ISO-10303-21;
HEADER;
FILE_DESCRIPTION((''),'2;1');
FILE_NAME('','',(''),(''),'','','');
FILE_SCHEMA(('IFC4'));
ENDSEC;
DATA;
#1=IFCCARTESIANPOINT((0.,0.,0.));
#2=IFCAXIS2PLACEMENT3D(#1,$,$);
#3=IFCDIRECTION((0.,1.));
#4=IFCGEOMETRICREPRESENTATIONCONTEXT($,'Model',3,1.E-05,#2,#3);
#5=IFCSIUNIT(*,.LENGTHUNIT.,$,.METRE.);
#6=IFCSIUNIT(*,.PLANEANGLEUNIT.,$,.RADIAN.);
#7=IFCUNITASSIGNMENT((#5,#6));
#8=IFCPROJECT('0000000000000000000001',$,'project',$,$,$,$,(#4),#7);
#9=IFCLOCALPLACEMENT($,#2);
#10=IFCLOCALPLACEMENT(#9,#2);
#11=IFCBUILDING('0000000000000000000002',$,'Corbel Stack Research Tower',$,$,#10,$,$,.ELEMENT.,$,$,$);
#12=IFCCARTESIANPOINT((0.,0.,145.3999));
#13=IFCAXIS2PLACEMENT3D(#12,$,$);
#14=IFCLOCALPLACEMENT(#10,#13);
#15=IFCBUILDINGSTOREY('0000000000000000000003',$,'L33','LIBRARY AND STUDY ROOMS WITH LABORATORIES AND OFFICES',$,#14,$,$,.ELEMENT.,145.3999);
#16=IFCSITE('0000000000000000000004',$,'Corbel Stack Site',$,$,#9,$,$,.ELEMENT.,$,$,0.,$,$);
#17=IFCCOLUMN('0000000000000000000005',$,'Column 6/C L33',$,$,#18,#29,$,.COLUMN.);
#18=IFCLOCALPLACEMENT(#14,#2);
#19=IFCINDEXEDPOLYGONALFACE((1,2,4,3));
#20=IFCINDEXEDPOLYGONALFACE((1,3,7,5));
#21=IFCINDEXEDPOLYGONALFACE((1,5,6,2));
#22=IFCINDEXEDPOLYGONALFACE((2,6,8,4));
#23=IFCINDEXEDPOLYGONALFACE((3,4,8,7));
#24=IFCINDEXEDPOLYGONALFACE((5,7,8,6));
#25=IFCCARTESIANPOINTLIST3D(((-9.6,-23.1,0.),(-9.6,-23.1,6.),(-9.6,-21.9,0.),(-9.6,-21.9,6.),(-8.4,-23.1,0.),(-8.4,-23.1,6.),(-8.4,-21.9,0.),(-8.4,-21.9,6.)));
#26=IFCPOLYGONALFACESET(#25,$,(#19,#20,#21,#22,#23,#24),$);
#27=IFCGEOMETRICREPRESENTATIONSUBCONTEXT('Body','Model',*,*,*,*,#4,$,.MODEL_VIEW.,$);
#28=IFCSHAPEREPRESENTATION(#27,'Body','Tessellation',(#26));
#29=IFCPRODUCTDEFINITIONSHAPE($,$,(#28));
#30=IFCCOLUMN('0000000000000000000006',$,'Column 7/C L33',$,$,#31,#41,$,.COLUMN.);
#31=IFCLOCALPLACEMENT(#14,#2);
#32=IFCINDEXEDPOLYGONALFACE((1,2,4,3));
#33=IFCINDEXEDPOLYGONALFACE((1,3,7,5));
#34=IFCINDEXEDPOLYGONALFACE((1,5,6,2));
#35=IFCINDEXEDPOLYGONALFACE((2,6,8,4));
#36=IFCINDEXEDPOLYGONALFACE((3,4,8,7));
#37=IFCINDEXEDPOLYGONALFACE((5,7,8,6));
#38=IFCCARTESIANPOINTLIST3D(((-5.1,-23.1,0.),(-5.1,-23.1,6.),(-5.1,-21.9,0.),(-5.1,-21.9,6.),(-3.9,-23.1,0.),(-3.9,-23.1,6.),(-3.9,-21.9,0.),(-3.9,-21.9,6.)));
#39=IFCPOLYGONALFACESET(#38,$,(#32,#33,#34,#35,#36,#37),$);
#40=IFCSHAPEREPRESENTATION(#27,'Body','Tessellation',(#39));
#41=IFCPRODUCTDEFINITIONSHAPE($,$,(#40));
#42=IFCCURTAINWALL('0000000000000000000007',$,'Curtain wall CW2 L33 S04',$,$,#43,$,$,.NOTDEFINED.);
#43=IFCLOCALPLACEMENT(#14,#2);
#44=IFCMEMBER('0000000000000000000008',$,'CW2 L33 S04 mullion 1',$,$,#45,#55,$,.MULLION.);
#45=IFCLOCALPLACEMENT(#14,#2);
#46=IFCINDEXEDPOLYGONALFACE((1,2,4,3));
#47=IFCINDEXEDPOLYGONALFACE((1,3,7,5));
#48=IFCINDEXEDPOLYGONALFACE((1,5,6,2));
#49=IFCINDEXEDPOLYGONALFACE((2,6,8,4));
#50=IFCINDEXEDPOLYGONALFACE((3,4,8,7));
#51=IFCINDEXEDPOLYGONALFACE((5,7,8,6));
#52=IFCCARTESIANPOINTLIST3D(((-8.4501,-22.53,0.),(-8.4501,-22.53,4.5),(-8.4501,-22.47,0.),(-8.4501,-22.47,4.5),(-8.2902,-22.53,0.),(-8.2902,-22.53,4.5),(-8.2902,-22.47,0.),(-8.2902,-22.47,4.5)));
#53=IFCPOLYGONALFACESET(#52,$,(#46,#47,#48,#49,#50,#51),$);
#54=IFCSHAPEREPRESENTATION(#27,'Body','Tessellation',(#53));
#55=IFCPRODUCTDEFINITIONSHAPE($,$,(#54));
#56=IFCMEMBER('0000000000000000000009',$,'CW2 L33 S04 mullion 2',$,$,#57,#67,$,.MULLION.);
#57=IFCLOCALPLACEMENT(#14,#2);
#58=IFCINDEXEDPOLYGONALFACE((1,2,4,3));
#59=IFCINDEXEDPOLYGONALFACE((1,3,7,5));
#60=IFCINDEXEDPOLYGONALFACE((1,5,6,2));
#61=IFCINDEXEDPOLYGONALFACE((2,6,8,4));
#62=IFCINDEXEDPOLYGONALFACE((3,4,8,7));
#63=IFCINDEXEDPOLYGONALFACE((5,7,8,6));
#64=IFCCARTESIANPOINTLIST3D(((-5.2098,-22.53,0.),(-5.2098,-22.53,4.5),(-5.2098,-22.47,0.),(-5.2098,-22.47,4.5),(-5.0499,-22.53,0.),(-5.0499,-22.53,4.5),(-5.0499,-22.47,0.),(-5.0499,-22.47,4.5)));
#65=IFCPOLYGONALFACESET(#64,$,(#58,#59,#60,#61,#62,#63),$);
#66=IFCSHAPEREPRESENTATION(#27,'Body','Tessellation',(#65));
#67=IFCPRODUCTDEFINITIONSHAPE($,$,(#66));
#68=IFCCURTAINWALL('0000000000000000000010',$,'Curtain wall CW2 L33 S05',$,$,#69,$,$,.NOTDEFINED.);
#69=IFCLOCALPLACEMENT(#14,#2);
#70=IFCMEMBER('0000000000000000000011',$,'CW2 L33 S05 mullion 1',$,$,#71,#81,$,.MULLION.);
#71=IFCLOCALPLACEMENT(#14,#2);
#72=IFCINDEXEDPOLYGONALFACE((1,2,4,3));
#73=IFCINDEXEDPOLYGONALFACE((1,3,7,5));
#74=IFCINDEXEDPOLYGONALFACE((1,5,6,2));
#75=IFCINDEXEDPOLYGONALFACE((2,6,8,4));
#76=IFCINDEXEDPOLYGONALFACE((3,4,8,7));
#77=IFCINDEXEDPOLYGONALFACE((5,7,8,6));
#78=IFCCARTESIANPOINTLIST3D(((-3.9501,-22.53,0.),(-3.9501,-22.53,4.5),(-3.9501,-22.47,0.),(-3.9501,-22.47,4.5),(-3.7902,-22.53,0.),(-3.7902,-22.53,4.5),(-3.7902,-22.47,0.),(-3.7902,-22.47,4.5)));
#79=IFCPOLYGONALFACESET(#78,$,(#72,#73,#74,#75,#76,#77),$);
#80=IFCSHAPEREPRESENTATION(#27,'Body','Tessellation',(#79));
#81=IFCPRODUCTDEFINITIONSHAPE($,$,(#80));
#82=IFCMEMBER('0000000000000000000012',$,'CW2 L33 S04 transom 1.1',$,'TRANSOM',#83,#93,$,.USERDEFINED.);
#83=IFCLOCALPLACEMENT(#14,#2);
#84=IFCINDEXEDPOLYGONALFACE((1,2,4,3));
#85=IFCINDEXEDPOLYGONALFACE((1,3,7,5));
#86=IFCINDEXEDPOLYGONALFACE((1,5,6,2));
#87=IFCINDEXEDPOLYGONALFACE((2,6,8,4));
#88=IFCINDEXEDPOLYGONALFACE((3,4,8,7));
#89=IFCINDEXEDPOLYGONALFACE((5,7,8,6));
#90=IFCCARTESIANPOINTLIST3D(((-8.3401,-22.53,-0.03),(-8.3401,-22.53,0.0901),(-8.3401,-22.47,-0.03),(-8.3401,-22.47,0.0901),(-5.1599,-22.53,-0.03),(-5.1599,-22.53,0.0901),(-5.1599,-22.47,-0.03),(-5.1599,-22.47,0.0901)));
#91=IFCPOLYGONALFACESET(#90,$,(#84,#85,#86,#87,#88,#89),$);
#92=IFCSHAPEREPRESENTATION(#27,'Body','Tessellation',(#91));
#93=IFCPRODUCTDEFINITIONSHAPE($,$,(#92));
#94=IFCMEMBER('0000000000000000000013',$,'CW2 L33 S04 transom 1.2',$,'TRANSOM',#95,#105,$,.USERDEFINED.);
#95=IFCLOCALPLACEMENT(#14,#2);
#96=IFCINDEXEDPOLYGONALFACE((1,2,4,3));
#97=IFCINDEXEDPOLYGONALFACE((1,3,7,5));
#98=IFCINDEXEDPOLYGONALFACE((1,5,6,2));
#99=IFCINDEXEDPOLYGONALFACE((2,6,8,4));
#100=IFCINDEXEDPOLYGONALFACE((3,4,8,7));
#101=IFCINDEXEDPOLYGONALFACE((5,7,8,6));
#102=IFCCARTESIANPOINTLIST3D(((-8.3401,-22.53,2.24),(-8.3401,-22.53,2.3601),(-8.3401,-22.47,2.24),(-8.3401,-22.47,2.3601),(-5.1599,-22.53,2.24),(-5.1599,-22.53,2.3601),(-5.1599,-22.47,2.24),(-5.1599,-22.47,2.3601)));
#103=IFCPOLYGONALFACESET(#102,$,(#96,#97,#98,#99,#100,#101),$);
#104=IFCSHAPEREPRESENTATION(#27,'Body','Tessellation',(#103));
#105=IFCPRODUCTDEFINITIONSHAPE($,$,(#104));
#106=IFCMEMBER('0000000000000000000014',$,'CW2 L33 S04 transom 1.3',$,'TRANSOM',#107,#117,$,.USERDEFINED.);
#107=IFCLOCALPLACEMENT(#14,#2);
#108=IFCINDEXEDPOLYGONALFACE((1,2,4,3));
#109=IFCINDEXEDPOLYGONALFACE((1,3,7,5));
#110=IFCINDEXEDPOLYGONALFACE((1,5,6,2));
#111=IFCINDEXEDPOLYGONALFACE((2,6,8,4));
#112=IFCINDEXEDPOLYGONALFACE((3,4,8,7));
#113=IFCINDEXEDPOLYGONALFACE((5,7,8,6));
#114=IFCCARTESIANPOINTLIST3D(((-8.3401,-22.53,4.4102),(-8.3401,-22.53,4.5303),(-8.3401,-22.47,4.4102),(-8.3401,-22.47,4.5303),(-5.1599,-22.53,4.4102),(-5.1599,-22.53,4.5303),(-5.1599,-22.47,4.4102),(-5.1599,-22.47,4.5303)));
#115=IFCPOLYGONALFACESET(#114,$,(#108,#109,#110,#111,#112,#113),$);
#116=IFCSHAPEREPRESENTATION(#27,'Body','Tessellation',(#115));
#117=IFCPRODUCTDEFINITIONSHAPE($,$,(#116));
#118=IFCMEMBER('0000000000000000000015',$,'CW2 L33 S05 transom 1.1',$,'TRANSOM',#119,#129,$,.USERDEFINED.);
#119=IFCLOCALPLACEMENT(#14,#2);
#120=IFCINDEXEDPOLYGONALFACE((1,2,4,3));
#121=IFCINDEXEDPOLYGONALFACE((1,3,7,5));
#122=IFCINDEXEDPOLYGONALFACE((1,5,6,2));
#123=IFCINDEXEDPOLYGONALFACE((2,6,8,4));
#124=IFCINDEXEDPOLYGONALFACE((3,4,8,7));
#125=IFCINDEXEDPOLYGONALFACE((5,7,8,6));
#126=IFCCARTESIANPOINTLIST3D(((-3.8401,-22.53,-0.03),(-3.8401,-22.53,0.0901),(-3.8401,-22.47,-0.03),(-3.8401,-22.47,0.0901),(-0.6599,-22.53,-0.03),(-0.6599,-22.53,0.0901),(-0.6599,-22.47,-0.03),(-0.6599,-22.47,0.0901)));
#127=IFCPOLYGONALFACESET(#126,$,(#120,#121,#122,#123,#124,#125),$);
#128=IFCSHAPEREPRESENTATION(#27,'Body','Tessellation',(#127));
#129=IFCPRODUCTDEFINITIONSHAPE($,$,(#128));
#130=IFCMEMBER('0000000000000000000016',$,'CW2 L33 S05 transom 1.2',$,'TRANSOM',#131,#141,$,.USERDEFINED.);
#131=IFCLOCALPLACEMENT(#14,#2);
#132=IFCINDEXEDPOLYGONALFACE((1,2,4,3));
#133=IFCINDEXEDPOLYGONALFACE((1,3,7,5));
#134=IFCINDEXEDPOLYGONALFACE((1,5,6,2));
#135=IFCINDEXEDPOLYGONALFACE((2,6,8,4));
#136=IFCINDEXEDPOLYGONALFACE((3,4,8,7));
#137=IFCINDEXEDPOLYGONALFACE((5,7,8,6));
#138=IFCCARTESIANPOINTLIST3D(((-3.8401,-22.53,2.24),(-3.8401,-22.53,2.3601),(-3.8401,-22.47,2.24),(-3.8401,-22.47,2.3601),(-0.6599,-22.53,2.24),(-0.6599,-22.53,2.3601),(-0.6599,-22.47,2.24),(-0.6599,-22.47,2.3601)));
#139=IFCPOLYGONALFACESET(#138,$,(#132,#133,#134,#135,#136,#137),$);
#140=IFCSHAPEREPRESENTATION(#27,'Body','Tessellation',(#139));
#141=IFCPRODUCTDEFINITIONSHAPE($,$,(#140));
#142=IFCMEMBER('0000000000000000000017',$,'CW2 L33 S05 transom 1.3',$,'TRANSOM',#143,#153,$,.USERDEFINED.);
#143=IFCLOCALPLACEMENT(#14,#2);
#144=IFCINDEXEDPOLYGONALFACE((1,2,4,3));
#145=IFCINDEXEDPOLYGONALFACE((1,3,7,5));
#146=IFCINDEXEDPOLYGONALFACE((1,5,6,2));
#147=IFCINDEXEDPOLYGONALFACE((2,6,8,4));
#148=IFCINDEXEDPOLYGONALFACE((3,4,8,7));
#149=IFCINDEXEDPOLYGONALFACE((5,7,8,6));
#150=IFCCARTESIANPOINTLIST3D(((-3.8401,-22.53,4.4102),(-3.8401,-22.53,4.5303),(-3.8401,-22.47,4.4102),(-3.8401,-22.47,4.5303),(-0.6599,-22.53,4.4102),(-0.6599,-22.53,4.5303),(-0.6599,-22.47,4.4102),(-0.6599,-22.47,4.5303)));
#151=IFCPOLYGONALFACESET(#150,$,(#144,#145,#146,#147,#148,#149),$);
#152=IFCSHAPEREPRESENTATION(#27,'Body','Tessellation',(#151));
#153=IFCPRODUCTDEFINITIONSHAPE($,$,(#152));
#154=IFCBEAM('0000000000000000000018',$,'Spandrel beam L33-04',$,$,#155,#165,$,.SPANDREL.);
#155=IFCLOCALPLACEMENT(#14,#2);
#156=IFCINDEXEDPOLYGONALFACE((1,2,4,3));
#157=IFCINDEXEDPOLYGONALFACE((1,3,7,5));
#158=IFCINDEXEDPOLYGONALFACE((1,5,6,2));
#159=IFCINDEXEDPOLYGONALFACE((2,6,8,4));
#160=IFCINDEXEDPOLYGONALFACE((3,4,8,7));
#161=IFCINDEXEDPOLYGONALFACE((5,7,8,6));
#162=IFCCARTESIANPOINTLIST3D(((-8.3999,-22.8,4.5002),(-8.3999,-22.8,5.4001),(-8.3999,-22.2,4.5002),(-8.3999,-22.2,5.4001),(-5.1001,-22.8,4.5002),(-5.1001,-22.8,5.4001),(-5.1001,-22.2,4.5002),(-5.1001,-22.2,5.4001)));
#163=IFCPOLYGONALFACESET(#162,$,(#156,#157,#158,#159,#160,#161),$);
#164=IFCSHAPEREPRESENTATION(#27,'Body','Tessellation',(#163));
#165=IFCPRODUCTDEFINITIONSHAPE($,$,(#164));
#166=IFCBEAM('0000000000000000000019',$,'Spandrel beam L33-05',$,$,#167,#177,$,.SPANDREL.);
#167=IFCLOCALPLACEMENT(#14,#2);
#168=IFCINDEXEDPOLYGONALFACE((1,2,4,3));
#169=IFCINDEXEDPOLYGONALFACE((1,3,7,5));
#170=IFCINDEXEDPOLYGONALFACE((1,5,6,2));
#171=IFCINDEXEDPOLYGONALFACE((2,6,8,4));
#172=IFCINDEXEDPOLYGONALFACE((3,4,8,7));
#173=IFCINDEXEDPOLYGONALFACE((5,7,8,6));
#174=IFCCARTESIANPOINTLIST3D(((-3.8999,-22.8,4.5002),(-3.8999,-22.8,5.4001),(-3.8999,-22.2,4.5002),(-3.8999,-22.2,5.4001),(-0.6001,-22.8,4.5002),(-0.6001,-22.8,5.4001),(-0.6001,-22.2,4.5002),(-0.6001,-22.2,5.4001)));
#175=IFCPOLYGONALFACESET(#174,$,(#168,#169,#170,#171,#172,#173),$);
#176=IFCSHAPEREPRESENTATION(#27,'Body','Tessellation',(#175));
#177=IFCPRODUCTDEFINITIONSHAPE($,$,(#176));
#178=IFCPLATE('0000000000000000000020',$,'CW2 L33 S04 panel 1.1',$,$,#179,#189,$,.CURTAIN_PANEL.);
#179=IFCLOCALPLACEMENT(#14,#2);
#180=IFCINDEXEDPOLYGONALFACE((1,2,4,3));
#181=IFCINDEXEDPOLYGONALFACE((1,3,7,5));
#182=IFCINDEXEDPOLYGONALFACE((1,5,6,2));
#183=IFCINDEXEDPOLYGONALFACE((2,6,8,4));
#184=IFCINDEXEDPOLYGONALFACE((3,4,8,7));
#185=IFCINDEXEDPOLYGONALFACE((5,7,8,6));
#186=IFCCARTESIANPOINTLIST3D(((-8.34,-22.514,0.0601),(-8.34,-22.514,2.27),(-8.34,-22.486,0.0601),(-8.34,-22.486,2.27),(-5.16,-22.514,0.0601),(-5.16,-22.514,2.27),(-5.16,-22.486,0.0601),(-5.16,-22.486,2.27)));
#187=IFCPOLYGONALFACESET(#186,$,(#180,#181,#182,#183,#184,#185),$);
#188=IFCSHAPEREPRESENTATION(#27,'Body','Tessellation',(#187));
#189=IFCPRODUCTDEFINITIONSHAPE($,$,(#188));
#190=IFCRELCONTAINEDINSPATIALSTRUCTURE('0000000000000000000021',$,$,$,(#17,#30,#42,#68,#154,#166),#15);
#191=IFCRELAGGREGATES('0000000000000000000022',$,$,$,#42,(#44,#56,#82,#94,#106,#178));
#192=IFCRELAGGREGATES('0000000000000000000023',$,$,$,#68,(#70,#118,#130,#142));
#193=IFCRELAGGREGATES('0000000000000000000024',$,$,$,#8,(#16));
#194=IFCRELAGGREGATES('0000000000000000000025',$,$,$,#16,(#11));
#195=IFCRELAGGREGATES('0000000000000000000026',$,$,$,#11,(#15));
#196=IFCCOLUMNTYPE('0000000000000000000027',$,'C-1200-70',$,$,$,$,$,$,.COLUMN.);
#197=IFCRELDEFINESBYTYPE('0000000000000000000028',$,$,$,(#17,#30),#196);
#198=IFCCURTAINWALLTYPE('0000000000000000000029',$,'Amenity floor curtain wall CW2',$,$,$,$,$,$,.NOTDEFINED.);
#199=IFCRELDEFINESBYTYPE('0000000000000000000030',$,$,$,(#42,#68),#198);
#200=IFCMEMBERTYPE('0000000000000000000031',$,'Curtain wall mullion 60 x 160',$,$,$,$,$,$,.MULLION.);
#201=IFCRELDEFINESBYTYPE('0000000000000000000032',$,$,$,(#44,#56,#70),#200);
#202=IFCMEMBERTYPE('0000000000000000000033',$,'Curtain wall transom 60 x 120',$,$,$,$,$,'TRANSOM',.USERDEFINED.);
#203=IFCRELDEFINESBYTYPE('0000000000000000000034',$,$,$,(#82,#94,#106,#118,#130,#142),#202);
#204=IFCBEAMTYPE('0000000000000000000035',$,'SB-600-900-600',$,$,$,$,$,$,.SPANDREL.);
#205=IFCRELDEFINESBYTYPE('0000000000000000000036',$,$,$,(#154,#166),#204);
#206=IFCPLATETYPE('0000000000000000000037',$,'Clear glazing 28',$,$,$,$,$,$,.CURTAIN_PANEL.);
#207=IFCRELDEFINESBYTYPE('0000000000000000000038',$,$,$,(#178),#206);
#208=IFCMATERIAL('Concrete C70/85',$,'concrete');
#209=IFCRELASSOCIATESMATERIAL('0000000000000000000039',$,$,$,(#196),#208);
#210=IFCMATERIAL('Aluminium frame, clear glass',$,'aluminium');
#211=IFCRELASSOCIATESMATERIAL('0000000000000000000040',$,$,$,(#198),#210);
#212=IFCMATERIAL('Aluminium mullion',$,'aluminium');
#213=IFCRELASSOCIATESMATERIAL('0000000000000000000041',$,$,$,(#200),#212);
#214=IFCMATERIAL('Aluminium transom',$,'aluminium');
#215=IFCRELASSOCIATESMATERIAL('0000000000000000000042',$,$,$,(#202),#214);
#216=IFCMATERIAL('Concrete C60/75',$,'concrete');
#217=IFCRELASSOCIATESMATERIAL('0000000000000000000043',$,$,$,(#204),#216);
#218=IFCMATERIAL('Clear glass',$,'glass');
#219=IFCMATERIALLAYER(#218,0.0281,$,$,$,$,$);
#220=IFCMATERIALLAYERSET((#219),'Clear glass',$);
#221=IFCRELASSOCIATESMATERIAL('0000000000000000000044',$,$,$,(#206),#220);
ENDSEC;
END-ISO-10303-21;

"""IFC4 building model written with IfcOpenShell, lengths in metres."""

from ifc_helpers import new_model, si_unit, direction, frame, origin, origin_2d, place, context, subcontext, project, spatial, rectangle, extrude, material, layer, layer_set, material_profile, profile_set, type_object, element, aggregate, save


model = new_model("IFC4")

# Units and contexts
model_context = context("Model", 3, precision=1e-05, world=origin(), true_north=direction((0.0, 1.0)))
body_context = subcontext(model_context, "Body", "Model", "MODEL_VIEW")
ifc_project = project(units=[si_unit("LENGTHUNIT", "METRE"), si_unit("PLANEANGLEUNIT", "RADIAN")], contexts=[model_context])

# Site, building, storey
site_placement = place(None, origin())
site = spatial("IfcSite", under=ifc_project, at=site_placement, Name="Corbel Stack Site", CompositionType="ELEMENT", RefElevation=0.0)
building_placement = place(site_placement, origin())
building = spatial("IfcBuilding", under=site, at=building_placement, Name="Corbel Stack Research Tower", CompositionType="ELEMENT")
storey_placement = place(building_placement, frame((0.0, 0.0, 145.3999)))
storey = spatial("IfcBuildingStorey", under=building, at=storey_placement, Name="L33", Description="LIBRARY AND STUDY ROOMS WITH LABORATORIES AND OFFICES", CompositionType="ELEMENT", Elevation=145.3999)

# Columns
ifc_material_1 = material(Name="Concrete C70/85", Category="concrete")
ifc_material_profile_1 = material_profile(ifc_material_1, rectangle(XDim=1.2, YDim=1.2, at=origin_2d()), Name="RC 1200 x 1200")
ifc_profile_set_1 = profile_set([ifc_material_profile_1], Name="Concrete C70/85")
column_type = type_object("IfcColumnType", Name="C-1200-70", PredefinedType="COLUMN", material=ifc_profile_set_1)
for number, where, z_axis, x_axis, name in (
    (1, (-9.0, -22.5, 0.0), (0.0, 0.0, 1.0), (1.0, 0.0, 0.0), "Column 6/C L33"),
    (2, (-4.5, -22.5, 0.0), (0.0, 0.0, 1.0), (1.0, 0.0, 0.0), "Column 7/C L33"),
):
    element("IfcColumn", number, at=place(storey_placement, frame(where, z_axis=z_axis, x_axis=x_axis)), inside=storey, type_object=column_type, Name=name, PredefinedType="COLUMN", context=body_context, shape_type="SweptSolid", body=[
        extrude(rectangle(XDim=1.2, YDim=1.2, at=origin_2d()), origin(), (0.0, 0.0, 1.0), 6.0),
    ])

# Curtain wall, members
ifc_material_2 = material(Name="Aluminium frame, clear glass", Category="aluminium")
curtain_wall_type = type_object("IfcCurtainWallType", Name="Amenity floor curtain wall CW2", PredefinedType="NOTDEFINED", material=ifc_material_2)
curtain_wall_1_placement = place(storey_placement, origin())
curtain_wall_1 = element("IfcCurtainWall", 3, at=curtain_wall_1_placement, inside=storey, type_object=curtain_wall_type, Name="Curtain wall CW2 L33 S04", PredefinedType="NOTDEFINED")
ifc_material_3 = material(Name="Aluminium mullion", Category="aluminium")
ifc_material_profile_2 = material_profile(ifc_material_3, rectangle(XDim=0.0601, YDim=0.1599, at=origin_2d()), Name="Mullion 60 x 160")
ifc_profile_set_2 = profile_set([ifc_material_profile_2], Name="Aluminium mullion")
member_type_1 = type_object("IfcMemberType", Name="Curtain wall mullion 60 x 160", PredefinedType="MULLION", material=ifc_profile_set_2)
member_1_placement = place(storey_placement, frame((-8.3701, -22.5, 0.0), z_axis=(0.0, 0.0, 1.0), x_axis=(0.0, 1.0, 0.0)))
member_1 = element("IfcMember", 4, at=member_1_placement, type_object=member_type_1, Name="CW2 L33 S04 mullion 1", PredefinedType="MULLION", context=body_context, shape_type="SweptSolid", body=[
    extrude(rectangle(XDim=0.0601, YDim=0.1599, at=origin_2d()), origin(), (0.0, 0.0, 1.0), 4.5),
])
member_2_placement = place(storey_placement, frame((-5.1299, -22.5, 0.0), z_axis=(0.0, 0.0, 1.0), x_axis=(0.0, 1.0, 0.0)))
member_2 = element("IfcMember", 5, at=member_2_placement, type_object=member_type_1, Name="CW2 L33 S04 mullion 2", PredefinedType="MULLION", context=body_context, shape_type="SweptSolid", body=[
    extrude(rectangle(XDim=0.0601, YDim=0.1599, at=origin_2d()), origin(), (0.0, 0.0, 1.0), 4.5),
])

# Curtain wall, member
curtain_wall_2_placement = place(storey_placement, origin())
curtain_wall_2 = element("IfcCurtainWall", 6, at=curtain_wall_2_placement, inside=storey, type_object=curtain_wall_type, Name="Curtain wall CW2 L33 S05", PredefinedType="NOTDEFINED")
member_3_placement = place(storey_placement, frame((-3.8701, -22.5, 0.0), z_axis=(0.0, 0.0, 1.0), x_axis=(0.0, 1.0, 0.0)))
member_3 = element("IfcMember", 7, at=member_3_placement, type_object=member_type_1, Name="CW2 L33 S05 mullion 1", PredefinedType="MULLION", context=body_context, shape_type="SweptSolid", body=[
    extrude(rectangle(XDim=0.0601, YDim=0.1599, at=origin_2d()), origin(), (0.0, 0.0, 1.0), 4.5),
])

# Members
ifc_material_4 = material(Name="Aluminium transom", Category="aluminium")
ifc_material_profile_3 = material_profile(ifc_material_4, rectangle(XDim=0.0601, YDim=0.1201, at=origin_2d()), Name="Transom 60 x 120")
ifc_profile_set_3 = profile_set([ifc_material_profile_3], Name="Aluminium transom")
member_type_2 = type_object("IfcMemberType", Name="Curtain wall transom 60 x 120", ElementType="TRANSOM", PredefinedType="USERDEFINED", material=ifc_profile_set_3)
member_4_placement = place(storey_placement, frame((-8.3401, -22.5, 0.03), z_axis=(1.0, 0.0, 0.0), x_axis=(0.0, 1.0, 0.0)))
member_4 = element("IfcMember", 8, at=member_4_placement, type_object=member_type_2, Name="CW2 L33 S04 transom 1.1", ObjectType="TRANSOM", PredefinedType="USERDEFINED", context=body_context, shape_type="SweptSolid", body=[
    extrude(rectangle(XDim=0.0601, YDim=0.1201, at=origin_2d()), origin(), (0.0, 0.0, 1.0), 3.1802),
])
member_5_placement = place(storey_placement, frame((-8.3401, -22.5, 2.3), z_axis=(1.0, 0.0, 0.0), x_axis=(0.0, 1.0, 0.0)))
member_5 = element("IfcMember", 9, at=member_5_placement, type_object=member_type_2, Name="CW2 L33 S04 transom 1.2", ObjectType="TRANSOM", PredefinedType="USERDEFINED", context=body_context, shape_type="SweptSolid", body=[
    extrude(rectangle(XDim=0.0601, YDim=0.1201, at=origin_2d()), origin(), (0.0, 0.0, 1.0), 3.1802),
])
member_6_placement = place(storey_placement, frame((-8.3401, -22.5, 4.4702), z_axis=(1.0, 0.0, 0.0), x_axis=(0.0, 1.0, 0.0)))
member_6 = element("IfcMember", 10, at=member_6_placement, type_object=member_type_2, Name="CW2 L33 S04 transom 1.3", ObjectType="TRANSOM", PredefinedType="USERDEFINED", context=body_context, shape_type="SweptSolid", body=[
    extrude(rectangle(XDim=0.0601, YDim=0.1201, at=origin_2d()), origin(), (0.0, 0.0, 1.0), 3.1802),
])
member_7_placement = place(storey_placement, frame((-3.8401, -22.5, 0.03), z_axis=(1.0, 0.0, 0.0), x_axis=(0.0, 1.0, 0.0)))
member_7 = element("IfcMember", 11, at=member_7_placement, type_object=member_type_2, Name="CW2 L33 S05 transom 1.1", ObjectType="TRANSOM", PredefinedType="USERDEFINED", context=body_context, shape_type="SweptSolid", body=[
    extrude(rectangle(XDim=0.0601, YDim=0.1201, at=origin_2d()), origin(), (0.0, 0.0, 1.0), 3.1802),
])
member_8_placement = place(storey_placement, frame((-3.8401, -22.5, 2.3), z_axis=(1.0, 0.0, 0.0), x_axis=(0.0, 1.0, 0.0)))
member_8 = element("IfcMember", 12, at=member_8_placement, type_object=member_type_2, Name="CW2 L33 S05 transom 1.2", ObjectType="TRANSOM", PredefinedType="USERDEFINED", context=body_context, shape_type="SweptSolid", body=[
    extrude(rectangle(XDim=0.0601, YDim=0.1201, at=origin_2d()), origin(), (0.0, 0.0, 1.0), 3.1802),
])
member_9_placement = place(storey_placement, frame((-3.8401, -22.5, 4.4702), z_axis=(1.0, 0.0, 0.0), x_axis=(0.0, 1.0, 0.0)))
member_9 = element("IfcMember", 13, at=member_9_placement, type_object=member_type_2, Name="CW2 L33 S05 transom 1.3", ObjectType="TRANSOM", PredefinedType="USERDEFINED", context=body_context, shape_type="SweptSolid", body=[
    extrude(rectangle(XDim=0.0601, YDim=0.1201, at=origin_2d()), origin(), (0.0, 0.0, 1.0), 3.1802),
])

# Beams
ifc_material_5 = material(Name="Concrete C60/75", Category="concrete")
ifc_material_profile_4 = material_profile(ifc_material_5, rectangle(XDim=0.6001, YDim=0.8999, at=origin_2d()), Name="RC 600 x 900")
ifc_profile_set_4 = profile_set([ifc_material_profile_4], Name="Concrete C60/75")
beam_type = type_object("IfcBeamType", Name="SB-600-900-600", PredefinedType="SPANDREL", material=ifc_profile_set_4)
for number, where, z_axis, x_axis, name in (
    (14, (-8.3999, -22.5, 4.9502), (1.0, 0.0, 0.0), (0.0, 1.0, 0.0), "Spandrel beam L33-04"),
    (15, (-3.8999, -22.5, 4.9502), (1.0, 0.0, 0.0), (0.0, 1.0, 0.0), "Spandrel beam L33-05"),
):
    element("IfcBeam", number, at=place(storey_placement, frame(where, z_axis=z_axis, x_axis=x_axis)), inside=storey, type_object=beam_type, Name=name, PredefinedType="SPANDREL", context=body_context, shape_type="SweptSolid", body=[
        extrude(rectangle(XDim=0.6001, YDim=0.8999, at=origin_2d()), origin(), (0.0, 0.0, 1.0), 3.2998),
    ])

# Plate
ifc_material_6 = material(Name="Clear glass", Category="glass")
ifc_layer = layer(ifc_material_6, 0.0281)
ifc_layer_set = layer_set([ifc_layer], Name="Clear glass")
plate_type = type_object("IfcPlateType", Name="Clear glazing 28", PredefinedType="CURTAIN_PANEL", material=ifc_layer_set)
plate_1_placement = place(storey_placement, frame((-6.75, -22.5, 0.0601), z_axis=(0.0, 0.0, 1.0), x_axis=(1.0, 0.0, 0.0)))
plate_1 = element("IfcPlate", 16, at=plate_1_placement, type_object=plate_type, Name="CW2 L33 S04 panel 1.1", PredefinedType="CURTAIN_PANEL", context=body_context, shape_type="SweptSolid", body=[
    extrude(rectangle(XDim=3.1799, YDim=0.0281, at=origin_2d()), origin(), (0.0, 0.0, 1.0), 2.21),
])
aggregate(curtain_wall_1, [member_1, member_2, member_4, member_5, member_6, plate_1])
aggregate(curtain_wall_2, [member_3, member_7, member_8, member_9])

save(model, "model.ifc")
